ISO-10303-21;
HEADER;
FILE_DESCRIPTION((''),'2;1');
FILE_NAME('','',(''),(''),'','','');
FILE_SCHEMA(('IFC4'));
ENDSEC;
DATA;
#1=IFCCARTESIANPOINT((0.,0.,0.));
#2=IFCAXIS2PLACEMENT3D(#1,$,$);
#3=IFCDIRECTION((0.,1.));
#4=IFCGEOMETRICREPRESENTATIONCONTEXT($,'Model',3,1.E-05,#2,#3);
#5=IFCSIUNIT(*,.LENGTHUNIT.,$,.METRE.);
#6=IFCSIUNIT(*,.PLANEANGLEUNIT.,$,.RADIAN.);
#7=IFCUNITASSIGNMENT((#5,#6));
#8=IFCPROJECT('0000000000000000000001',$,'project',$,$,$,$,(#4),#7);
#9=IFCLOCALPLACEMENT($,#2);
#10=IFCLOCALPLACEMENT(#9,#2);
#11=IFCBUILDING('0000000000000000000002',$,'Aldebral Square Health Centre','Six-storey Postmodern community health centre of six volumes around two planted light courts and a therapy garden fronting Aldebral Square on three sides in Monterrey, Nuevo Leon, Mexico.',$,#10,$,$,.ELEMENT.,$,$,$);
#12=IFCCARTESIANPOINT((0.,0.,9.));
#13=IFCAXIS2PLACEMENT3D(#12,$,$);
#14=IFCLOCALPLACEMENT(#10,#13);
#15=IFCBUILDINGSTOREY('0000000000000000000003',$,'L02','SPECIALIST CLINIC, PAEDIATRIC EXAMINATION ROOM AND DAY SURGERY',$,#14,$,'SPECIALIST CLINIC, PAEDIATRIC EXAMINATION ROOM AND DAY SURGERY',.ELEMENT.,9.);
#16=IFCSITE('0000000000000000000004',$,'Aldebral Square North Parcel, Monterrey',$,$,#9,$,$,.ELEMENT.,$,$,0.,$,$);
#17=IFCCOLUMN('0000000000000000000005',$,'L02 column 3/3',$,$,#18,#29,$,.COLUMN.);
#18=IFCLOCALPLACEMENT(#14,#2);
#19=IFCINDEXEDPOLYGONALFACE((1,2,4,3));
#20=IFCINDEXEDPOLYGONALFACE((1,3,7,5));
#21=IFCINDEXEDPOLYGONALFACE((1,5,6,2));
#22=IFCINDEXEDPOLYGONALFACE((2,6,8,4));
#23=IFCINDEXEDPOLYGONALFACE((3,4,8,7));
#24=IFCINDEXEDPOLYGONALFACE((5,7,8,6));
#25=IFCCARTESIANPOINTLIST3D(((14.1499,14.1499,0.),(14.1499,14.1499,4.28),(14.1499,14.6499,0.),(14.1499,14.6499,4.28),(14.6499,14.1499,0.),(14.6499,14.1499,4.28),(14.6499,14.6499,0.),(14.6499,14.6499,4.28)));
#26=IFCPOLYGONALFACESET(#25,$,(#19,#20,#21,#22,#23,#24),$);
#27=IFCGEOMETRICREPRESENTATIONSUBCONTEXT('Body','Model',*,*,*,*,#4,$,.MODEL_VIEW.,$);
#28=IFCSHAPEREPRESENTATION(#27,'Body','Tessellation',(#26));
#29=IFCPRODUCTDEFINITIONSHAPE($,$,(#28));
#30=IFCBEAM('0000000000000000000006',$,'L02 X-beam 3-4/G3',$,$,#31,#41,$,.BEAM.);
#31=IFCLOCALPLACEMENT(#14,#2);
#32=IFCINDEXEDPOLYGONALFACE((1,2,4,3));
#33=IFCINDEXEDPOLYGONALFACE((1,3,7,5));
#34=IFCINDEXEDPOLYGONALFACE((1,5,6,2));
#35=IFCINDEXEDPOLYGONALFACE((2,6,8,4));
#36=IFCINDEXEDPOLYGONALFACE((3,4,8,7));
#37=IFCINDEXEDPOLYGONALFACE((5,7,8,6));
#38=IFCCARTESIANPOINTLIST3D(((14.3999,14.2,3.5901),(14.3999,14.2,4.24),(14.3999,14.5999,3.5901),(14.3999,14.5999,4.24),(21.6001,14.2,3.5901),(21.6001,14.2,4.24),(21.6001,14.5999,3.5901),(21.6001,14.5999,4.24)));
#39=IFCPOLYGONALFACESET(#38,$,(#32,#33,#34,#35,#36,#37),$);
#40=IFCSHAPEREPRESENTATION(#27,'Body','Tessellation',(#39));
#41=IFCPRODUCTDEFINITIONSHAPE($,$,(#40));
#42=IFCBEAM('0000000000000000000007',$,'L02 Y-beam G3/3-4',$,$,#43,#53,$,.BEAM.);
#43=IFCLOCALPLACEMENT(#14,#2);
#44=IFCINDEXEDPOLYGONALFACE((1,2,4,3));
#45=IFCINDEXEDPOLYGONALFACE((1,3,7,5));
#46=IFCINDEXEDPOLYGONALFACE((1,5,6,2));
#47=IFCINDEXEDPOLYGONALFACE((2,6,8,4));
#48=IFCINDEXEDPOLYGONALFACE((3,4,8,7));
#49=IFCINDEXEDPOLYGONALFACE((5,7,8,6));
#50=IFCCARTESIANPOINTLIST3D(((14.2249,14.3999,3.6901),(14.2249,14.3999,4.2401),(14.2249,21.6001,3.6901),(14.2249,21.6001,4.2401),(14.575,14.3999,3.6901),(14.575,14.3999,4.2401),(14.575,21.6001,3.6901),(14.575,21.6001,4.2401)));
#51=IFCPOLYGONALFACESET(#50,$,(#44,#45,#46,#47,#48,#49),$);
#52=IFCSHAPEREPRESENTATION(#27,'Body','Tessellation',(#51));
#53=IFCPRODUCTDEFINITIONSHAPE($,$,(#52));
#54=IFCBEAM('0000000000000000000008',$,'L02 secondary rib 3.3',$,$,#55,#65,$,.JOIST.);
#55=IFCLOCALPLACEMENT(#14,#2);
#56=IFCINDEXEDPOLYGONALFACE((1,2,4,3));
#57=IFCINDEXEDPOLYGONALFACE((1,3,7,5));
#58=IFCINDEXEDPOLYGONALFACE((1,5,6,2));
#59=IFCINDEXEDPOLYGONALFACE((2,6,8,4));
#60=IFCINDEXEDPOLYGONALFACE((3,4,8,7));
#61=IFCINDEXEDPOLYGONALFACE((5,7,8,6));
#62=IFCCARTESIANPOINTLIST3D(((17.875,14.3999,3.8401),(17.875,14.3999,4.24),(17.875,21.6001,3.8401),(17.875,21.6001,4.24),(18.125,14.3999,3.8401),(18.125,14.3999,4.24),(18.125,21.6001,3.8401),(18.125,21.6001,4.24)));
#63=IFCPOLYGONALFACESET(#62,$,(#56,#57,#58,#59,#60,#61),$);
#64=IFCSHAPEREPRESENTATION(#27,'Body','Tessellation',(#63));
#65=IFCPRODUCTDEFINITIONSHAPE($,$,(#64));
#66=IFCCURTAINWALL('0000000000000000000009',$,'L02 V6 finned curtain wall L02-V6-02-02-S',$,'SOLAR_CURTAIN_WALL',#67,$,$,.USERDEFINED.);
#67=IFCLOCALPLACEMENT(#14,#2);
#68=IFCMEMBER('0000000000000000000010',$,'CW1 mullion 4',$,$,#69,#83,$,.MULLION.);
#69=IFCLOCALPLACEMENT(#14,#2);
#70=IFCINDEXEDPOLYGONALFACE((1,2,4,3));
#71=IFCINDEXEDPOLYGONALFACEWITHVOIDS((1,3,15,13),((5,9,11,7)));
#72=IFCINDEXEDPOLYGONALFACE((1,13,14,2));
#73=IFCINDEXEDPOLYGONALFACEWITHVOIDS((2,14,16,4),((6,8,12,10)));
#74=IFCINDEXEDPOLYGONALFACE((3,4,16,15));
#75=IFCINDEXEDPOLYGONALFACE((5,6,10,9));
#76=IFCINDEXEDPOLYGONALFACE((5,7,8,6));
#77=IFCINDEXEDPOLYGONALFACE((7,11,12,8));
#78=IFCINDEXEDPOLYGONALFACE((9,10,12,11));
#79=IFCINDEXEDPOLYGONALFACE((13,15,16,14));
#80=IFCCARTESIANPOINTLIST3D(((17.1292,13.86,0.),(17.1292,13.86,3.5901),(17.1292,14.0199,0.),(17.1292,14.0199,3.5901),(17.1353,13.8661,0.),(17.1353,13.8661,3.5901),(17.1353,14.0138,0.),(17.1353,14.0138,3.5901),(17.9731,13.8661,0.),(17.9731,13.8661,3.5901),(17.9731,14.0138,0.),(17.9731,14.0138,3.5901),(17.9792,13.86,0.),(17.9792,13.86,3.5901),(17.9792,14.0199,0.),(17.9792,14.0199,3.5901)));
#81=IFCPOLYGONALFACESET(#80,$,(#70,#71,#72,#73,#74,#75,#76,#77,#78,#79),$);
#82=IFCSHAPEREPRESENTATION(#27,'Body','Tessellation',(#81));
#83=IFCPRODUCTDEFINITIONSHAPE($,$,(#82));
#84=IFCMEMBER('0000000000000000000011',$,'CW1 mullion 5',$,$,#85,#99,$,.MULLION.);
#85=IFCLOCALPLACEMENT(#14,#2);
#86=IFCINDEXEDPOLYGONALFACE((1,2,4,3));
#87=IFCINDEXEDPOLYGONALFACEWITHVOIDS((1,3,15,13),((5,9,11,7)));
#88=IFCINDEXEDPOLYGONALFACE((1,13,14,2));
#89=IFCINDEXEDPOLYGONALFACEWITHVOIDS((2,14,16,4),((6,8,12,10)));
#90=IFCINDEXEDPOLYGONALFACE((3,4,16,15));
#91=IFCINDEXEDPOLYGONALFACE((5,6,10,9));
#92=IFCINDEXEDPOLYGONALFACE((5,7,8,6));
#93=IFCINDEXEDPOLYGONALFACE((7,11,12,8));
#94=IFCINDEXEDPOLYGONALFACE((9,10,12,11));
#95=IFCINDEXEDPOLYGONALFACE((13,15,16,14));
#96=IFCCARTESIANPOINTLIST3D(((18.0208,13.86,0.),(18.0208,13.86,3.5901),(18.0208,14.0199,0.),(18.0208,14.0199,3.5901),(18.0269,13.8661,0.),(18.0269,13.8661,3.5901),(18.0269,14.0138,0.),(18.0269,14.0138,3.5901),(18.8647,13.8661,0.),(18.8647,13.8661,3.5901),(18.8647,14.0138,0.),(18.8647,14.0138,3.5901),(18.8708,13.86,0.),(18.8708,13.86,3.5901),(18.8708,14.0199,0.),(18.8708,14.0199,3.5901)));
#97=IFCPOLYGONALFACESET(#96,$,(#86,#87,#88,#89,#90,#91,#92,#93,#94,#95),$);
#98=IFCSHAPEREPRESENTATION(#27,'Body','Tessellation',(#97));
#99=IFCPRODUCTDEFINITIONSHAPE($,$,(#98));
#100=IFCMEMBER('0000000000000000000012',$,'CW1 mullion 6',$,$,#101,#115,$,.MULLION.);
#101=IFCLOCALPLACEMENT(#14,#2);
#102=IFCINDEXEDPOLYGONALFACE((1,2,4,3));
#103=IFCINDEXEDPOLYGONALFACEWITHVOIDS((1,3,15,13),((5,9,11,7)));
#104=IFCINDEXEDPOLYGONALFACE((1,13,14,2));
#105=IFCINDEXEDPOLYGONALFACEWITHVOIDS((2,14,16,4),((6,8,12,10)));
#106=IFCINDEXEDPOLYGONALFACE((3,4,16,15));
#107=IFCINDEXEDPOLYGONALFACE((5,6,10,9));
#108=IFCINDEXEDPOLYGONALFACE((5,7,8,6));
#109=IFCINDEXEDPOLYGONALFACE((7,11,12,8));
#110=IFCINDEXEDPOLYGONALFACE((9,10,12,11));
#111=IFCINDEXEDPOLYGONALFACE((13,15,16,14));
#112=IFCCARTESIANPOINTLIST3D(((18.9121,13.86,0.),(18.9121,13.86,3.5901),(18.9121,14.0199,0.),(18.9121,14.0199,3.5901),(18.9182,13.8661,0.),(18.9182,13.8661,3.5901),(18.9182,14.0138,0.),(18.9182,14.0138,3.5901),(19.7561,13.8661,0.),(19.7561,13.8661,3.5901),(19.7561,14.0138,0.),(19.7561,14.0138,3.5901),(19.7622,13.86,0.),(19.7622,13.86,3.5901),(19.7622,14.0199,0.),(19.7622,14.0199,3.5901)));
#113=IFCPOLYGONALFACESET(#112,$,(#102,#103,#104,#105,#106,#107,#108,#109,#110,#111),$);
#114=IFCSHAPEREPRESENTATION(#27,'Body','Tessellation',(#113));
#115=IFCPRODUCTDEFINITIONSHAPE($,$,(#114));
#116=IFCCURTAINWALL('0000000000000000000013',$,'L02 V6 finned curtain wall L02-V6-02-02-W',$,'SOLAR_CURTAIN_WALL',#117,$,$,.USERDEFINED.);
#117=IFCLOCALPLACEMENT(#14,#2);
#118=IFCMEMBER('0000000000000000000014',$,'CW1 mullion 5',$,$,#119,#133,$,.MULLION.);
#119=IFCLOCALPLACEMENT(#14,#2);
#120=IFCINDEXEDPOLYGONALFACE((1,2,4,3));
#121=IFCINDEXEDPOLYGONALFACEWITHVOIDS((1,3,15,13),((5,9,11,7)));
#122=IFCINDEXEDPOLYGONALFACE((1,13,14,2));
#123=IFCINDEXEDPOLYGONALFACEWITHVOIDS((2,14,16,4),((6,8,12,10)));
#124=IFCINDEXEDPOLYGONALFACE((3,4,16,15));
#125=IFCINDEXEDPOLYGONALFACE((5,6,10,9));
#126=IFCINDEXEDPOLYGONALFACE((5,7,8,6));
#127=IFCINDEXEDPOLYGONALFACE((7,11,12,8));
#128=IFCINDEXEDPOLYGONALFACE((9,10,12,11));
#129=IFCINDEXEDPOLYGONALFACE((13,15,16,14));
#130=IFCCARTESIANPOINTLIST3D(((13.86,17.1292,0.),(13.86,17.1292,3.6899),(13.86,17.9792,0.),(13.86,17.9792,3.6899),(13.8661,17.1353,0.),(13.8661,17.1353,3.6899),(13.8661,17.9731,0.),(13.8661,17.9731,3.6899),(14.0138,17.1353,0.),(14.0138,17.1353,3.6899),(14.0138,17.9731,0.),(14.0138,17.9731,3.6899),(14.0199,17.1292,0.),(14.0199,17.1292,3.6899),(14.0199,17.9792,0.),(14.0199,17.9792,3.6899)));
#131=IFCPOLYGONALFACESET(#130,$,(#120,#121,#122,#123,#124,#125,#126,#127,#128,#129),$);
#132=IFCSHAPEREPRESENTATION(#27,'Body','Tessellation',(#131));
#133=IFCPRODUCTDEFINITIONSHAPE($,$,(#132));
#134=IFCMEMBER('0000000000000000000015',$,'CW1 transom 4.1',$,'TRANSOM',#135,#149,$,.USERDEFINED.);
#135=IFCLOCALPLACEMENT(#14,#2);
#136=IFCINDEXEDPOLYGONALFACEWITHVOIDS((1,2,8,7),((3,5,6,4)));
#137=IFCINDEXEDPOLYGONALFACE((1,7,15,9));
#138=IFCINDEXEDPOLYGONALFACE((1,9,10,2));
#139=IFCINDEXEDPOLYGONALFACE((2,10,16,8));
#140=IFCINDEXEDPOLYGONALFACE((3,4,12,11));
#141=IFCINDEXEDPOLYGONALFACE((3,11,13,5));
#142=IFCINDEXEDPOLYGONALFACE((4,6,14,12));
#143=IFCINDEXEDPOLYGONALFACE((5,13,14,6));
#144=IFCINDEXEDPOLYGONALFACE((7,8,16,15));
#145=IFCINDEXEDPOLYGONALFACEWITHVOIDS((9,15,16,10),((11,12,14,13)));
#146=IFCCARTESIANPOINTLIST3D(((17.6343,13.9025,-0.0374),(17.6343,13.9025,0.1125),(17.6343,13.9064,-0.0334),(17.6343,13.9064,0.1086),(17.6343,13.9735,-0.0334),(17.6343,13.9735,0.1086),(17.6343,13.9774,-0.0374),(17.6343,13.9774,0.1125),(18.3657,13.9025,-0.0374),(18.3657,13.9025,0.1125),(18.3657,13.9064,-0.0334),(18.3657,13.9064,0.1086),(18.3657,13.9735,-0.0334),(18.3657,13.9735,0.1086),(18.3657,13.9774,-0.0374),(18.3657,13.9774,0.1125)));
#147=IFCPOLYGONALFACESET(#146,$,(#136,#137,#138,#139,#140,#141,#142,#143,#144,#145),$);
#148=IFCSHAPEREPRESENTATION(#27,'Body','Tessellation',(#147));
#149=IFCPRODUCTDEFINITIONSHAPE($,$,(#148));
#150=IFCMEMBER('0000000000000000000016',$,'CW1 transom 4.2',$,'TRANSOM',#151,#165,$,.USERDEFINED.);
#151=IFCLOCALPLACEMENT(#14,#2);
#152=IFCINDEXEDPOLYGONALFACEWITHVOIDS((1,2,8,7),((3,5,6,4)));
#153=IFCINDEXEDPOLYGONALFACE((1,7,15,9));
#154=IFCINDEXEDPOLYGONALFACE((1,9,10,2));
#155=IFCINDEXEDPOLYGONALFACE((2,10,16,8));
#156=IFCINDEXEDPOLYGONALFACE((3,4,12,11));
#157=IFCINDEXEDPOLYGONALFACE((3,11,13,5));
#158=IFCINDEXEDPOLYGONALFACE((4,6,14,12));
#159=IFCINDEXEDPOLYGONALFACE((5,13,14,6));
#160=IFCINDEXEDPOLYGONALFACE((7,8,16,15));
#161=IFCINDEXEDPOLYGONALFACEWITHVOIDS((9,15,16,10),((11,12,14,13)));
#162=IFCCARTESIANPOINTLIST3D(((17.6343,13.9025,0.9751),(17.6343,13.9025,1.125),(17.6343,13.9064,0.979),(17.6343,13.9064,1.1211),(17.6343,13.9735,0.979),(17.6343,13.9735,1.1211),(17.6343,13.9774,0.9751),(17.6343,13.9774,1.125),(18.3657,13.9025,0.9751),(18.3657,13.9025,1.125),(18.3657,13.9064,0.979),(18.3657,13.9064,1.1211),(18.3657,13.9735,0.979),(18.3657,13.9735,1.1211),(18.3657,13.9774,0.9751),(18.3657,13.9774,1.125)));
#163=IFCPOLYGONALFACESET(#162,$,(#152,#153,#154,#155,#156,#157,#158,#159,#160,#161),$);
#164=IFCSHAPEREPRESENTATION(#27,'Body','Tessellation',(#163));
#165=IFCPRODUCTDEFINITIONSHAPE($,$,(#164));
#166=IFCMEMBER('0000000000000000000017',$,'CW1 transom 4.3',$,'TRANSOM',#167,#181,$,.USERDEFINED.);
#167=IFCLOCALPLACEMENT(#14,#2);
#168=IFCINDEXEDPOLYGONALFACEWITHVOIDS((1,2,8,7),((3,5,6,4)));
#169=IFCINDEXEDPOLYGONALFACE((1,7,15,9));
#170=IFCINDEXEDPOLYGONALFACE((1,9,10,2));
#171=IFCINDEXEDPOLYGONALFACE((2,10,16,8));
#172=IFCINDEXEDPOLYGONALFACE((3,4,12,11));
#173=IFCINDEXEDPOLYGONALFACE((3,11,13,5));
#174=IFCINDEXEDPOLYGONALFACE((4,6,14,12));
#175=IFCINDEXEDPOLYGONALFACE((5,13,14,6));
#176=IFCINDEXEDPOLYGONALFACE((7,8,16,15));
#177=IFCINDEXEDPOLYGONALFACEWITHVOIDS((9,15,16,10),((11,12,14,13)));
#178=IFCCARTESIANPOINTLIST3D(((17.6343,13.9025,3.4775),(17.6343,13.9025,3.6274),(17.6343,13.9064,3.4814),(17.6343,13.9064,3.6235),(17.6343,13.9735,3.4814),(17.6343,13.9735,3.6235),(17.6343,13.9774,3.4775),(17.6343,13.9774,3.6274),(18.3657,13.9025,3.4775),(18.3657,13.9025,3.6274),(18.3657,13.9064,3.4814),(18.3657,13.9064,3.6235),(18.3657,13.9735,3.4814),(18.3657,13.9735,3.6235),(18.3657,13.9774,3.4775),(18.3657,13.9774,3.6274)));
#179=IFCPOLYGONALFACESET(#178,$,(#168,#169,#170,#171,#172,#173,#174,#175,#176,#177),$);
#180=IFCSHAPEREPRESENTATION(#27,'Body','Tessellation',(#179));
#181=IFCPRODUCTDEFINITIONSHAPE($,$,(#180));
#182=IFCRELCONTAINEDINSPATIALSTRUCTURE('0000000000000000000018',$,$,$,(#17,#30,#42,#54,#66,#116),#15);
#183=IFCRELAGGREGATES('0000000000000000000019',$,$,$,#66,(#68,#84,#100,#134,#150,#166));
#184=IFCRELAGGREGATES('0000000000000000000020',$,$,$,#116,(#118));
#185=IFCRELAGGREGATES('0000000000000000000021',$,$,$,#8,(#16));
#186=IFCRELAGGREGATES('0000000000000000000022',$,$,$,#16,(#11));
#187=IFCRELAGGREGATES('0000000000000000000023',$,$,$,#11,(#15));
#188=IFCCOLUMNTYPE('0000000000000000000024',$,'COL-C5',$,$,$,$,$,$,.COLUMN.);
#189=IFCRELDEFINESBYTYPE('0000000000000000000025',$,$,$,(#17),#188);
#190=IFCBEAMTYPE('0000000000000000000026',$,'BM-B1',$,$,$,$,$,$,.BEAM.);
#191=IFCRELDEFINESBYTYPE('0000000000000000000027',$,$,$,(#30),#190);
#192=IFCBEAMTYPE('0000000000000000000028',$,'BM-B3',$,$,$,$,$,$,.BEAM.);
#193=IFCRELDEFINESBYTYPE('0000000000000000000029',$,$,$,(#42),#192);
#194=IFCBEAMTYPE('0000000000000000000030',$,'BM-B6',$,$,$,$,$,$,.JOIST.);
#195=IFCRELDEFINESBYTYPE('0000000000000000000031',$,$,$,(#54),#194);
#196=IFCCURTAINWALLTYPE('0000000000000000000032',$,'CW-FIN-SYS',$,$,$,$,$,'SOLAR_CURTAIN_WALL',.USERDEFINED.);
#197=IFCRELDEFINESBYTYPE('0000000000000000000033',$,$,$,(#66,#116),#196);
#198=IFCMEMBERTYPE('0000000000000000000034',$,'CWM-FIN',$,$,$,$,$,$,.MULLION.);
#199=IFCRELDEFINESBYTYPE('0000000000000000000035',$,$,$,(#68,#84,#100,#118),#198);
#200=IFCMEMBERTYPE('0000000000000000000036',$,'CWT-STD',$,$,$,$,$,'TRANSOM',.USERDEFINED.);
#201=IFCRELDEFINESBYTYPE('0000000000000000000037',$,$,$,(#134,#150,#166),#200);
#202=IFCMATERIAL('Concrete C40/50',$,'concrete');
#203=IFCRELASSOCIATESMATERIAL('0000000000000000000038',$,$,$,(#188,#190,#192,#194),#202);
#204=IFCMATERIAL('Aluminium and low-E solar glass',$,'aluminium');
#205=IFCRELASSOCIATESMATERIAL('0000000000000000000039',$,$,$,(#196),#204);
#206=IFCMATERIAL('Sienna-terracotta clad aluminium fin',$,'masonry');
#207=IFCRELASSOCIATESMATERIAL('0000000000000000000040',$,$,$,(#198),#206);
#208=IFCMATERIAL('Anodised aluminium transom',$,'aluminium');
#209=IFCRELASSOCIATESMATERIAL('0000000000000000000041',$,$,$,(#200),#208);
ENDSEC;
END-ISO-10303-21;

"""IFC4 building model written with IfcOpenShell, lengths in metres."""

from ifc_helpers import new_model, si_unit, direction, frame, origin, origin_2d, place, context, subcontext, project, spatial, rectangle, hollow_rectangle, extrude, material, material_profile, profile_set, type_object, element, aggregate, save


model = new_model("IFC4")

# Units and contexts
model_context = context("Model", 3, precision=1e-05, world=origin(), true_north=direction((0.0, 1.0)))
body_context = subcontext(model_context, "Body", "Model", "MODEL_VIEW")
ifc_project = project(units=[si_unit("LENGTHUNIT", "METRE"), si_unit("PLANEANGLEUNIT", "RADIAN")], contexts=[model_context])

# Site, building, storey
site_placement = place(None, origin())
site = spatial("IfcSite", under=ifc_project, at=site_placement, Name="Aldebral Square North Parcel, Monterrey", CompositionType="ELEMENT", RefElevation=0.0)
building_placement = place(site_placement, origin())
building = spatial("IfcBuilding", under=site, at=building_placement, Name="Aldebral Square Health Centre", Description="Six-storey Postmodern community health centre of six volumes around two planted light courts and a therapy garden fronting Aldebral Square on three sides in Monterrey, Nuevo Leon, Mexico.", CompositionType="ELEMENT")
storey_placement = place(building_placement, frame((0.0, 0.0, 9.0)))
storey = spatial("IfcBuildingStorey", under=building, at=storey_placement, Name="L02", Description="SPECIALIST CLINIC, PAEDIATRIC EXAMINATION ROOM AND DAY SURGERY", LongName="SPECIALIST CLINIC, PAEDIATRIC EXAMINATION ROOM AND DAY SURGERY", CompositionType="ELEMENT", Elevation=9.0)

# Column
ifc_material_1 = material(Name="Concrete C40/50", Category="concrete")
ifc_material_profile_1 = material_profile(ifc_material_1, rectangle(XDim=0.5, YDim=0.5, at=origin_2d()), Name="RC 500x500")
ifc_profile_set_1 = profile_set([ifc_material_profile_1], Name="Concrete C40/50")
column_type = type_object("IfcColumnType", Name="COL-C5", PredefinedType="COLUMN", material=ifc_profile_set_1)
column_placement = place(storey_placement, frame((14.3999, 14.3999, 0.0), z_axis=(0.0, 0.0, 1.0), x_axis=(1.0, 0.0, 0.0)))
element("IfcColumn", 1, at=column_placement, inside=storey, type_object=column_type, Name="L02 column 3/3", PredefinedType="COLUMN", context=body_context, shape_type="SweptSolid", body=[
    extrude(rectangle(XDim=0.5, YDim=0.5, at=origin_2d()), origin(), (0.0, 0.0, 1.0), 4.28),
])

# Beams
ifc_material_profile_2 = material_profile(ifc_material_1, rectangle(XDim=0.3999, YDim=0.6499, at=origin_2d()), Name="RC 400x650")
ifc_profile_set_2 = profile_set([ifc_material_profile_2], Name="Concrete C40/50")
beam_type_1 = type_object("IfcBeamType", Name="BM-B1", PredefinedType="BEAM", material=ifc_profile_set_2)
beam_1_placement = place(storey_placement, frame((14.3999, 14.3999, 3.915), z_axis=(1.0, 0.0, 0.0), x_axis=(0.0, 1.0, 0.0)))
element("IfcBeam", 2, at=beam_1_placement, inside=storey, type_object=beam_type_1, Name="L02 X-beam 3-4/G3", PredefinedType="BEAM", context=body_context, shape_type="SweptSolid", body=[
    extrude(rectangle(XDim=0.3999, YDim=0.6499, at=origin_2d()), origin(), (0.0, 0.0, 1.0), 7.2002),
])
ifc_material_profile_3 = material_profile(ifc_material_1, rectangle(XDim=0.3501, YDim=0.55, at=origin_2d()), Name="RC 350x550")
ifc_profile_set_3 = profile_set([ifc_material_profile_3], Name="Concrete C40/50")
beam_type_2 = type_object("IfcBeamType", Name="BM-B3", PredefinedType="BEAM", material=ifc_profile_set_3)
beam_2_placement = place(storey_placement, frame((14.3999, 14.3999, 3.9651), z_axis=(0.0, 1.0, 0.0), x_axis=(-1.0, 0.0, 0.0)))
element("IfcBeam", 3, at=beam_2_placement, inside=storey, type_object=beam_type_2, Name="L02 Y-beam G3/3-4", PredefinedType="BEAM", context=body_context, shape_type="SweptSolid", body=[
    extrude(rectangle(XDim=0.3501, YDim=0.55, at=origin_2d()), origin(), (0.0, 0.0, 1.0), 7.2002),
])
ifc_material_profile_4 = material_profile(ifc_material_1, rectangle(XDim=0.25, YDim=0.3999, at=origin_2d()), Name="RC 250x400")
ifc_profile_set_4 = profile_set([ifc_material_profile_4], Name="Concrete C40/50")
beam_type_3 = type_object("IfcBeamType", Name="BM-B6", PredefinedType="JOIST", material=ifc_profile_set_4)
beam_3_placement = place(storey_placement, frame((18.0, 14.3999, 4.04), z_axis=(0.0, 1.0, 0.0), x_axis=(-1.0, 0.0, 0.0)))
element("IfcBeam", 4, at=beam_3_placement, inside=storey, type_object=beam_type_3, Name="L02 secondary rib 3.3", PredefinedType="JOIST", context=body_context, shape_type="SweptSolid", body=[
    extrude(rectangle(XDim=0.25, YDim=0.3999, at=origin_2d()), origin(), (0.0, 0.0, 1.0), 7.2002),
])

# Curtain wall, members
ifc_material_2 = material(Name="Aluminium and low-E solar glass", Category="aluminium")
curtain_wall_type = type_object("IfcCurtainWallType", Name="CW-FIN-SYS", ElementType="SOLAR_CURTAIN_WALL", PredefinedType="USERDEFINED", material=ifc_material_2)
curtain_wall_1_placement = place(storey_placement, origin())
curtain_wall_1 = element("IfcCurtainWall", 5, at=curtain_wall_1_placement, inside=storey, type_object=curtain_wall_type, Name="L02 V6 finned curtain wall L02-V6-02-02-S", ObjectType="SOLAR_CURTAIN_WALL", PredefinedType="USERDEFINED")
ifc_material_3 = material(Name="Sienna-terracotta clad aluminium fin", Category="masonry")
ifc_material_profile_5 = material_profile(ifc_material_3, hollow_rectangle(XDim=0.1599, YDim=0.8501, WallThickness=0.0061, at=origin_2d()), Name="FIN 160x850x6")
ifc_profile_set_5 = profile_set([ifc_material_profile_5], Name="Sienna-terracotta clad aluminium fin")
member_type_1 = type_object("IfcMemberType", Name="CWM-FIN", PredefinedType="MULLION", material=ifc_profile_set_5)
member_1_placement = place(storey_placement, frame((17.5542, 13.9399, 0.0), z_axis=(0.0, 0.0, 1.0), x_axis=(0.0, 1.0, 0.0)))
member_1 = element("IfcMember", 6, at=member_1_placement, type_object=member_type_1, Name="CW1 mullion 4", PredefinedType="MULLION", context=body_context, shape_type="SweptSolid", body=[
    extrude(hollow_rectangle(XDim=0.1599, YDim=0.8501, WallThickness=0.0061, at=origin_2d()), origin(), (0.0, 0.0, 1.0), 3.5901),
])
member_2_placement = place(storey_placement, frame((18.4458, 13.9399, 0.0), z_axis=(0.0, 0.0, 1.0), x_axis=(0.0, 1.0, 0.0)))
member_2 = element("IfcMember", 7, at=member_2_placement, type_object=member_type_1, Name="CW1 mullion 5", PredefinedType="MULLION", context=body_context, shape_type="SweptSolid", body=[
    extrude(hollow_rectangle(XDim=0.1599, YDim=0.8501, WallThickness=0.0061, at=origin_2d()), origin(), (0.0, 0.0, 1.0), 3.5901),
])
member_3_placement = place(storey_placement, frame((19.3372, 13.9399, 0.0), z_axis=(0.0, 0.0, 1.0), x_axis=(0.0, 1.0, 0.0)))
member_3 = element("IfcMember", 8, at=member_3_placement, type_object=member_type_1, Name="CW1 mullion 6", PredefinedType="MULLION", context=body_context, shape_type="SweptSolid", body=[
    extrude(hollow_rectangle(XDim=0.1599, YDim=0.8501, WallThickness=0.0061, at=origin_2d()), origin(), (0.0, 0.0, 1.0), 3.5901),
])

# Curtain wall, member
curtain_wall_2_placement = place(storey_placement, origin())
curtain_wall_2 = element("IfcCurtainWall", 9, at=curtain_wall_2_placement, inside=storey, type_object=curtain_wall_type, Name="L02 V6 finned curtain wall L02-V6-02-02-W", ObjectType="SOLAR_CURTAIN_WALL", PredefinedType="USERDEFINED")
member_4_placement = place(storey_placement, frame((13.9399, 17.5542, 0.0), z_axis=(0.0, 0.0, 1.0), x_axis=(1.0, 0.0, 0.0)))
member_4 = element("IfcMember", 10, at=member_4_placement, type_object=member_type_1, Name="CW1 mullion 5", PredefinedType="MULLION", context=body_context, shape_type="SweptSolid", body=[
    extrude(hollow_rectangle(XDim=0.1599, YDim=0.8501, WallThickness=0.0061, at=origin_2d()), origin(), (0.0, 0.0, 1.0), 3.6899),
])

# Members
ifc_material_4 = material(Name="Anodised aluminium transom", Category="aluminium")
ifc_material_profile_6 = material_profile(ifc_material_4, hollow_rectangle(XDim=0.075, YDim=0.1499, WallThickness=0.0039, at=origin_2d()), Name="CWT 75x150x4")
ifc_profile_set_6 = profile_set([ifc_material_profile_6], Name="Anodised aluminium transom")
member_type_2 = type_object("IfcMemberType", Name="CWT-STD", ElementType="TRANSOM", PredefinedType="USERDEFINED", material=ifc_profile_set_6)
member_5_placement = place(storey_placement, frame((17.6343, 13.9399, 0.0376), z_axis=(1.0, 0.0, 0.0), x_axis=(0.0, 1.0, 0.0)))
member_5 = element("IfcMember", 11, at=member_5_placement, type_object=member_type_2, Name="CW1 transom 4.1", ObjectType="TRANSOM", PredefinedType="USERDEFINED", context=body_context, shape_type="SweptSolid", body=[
    extrude(hollow_rectangle(XDim=0.075, YDim=0.1499, WallThickness=0.0039, at=origin_2d()), origin(), (0.0, 0.0, 1.0), 0.7314),
])
member_6_placement = place(storey_placement, frame((17.6343, 13.9399, 1.05), z_axis=(1.0, 0.0, 0.0), x_axis=(0.0, 1.0, 0.0)))
member_6 = element("IfcMember", 12, at=member_6_placement, type_object=member_type_2, Name="CW1 transom 4.2", ObjectType="TRANSOM", PredefinedType="USERDEFINED", context=body_context, shape_type="SweptSolid", body=[
    extrude(hollow_rectangle(XDim=0.075, YDim=0.1499, WallThickness=0.0039, at=origin_2d()), origin(), (0.0, 0.0, 1.0), 0.7314),
])
member_7_placement = place(storey_placement, frame((17.6343, 13.9399, 3.5525), z_axis=(1.0, 0.0, 0.0), x_axis=(0.0, 1.0, 0.0)))
member_7 = element("IfcMember", 13, at=member_7_placement, type_object=member_type_2, Name="CW1 transom 4.3", ObjectType="TRANSOM", PredefinedType="USERDEFINED", context=body_context, shape_type="SweptSolid", body=[
    extrude(hollow_rectangle(XDim=0.075, YDim=0.1499, WallThickness=0.0039, at=origin_2d()), origin(), (0.0, 0.0, 1.0), 0.7314),
])

aggregate(curtain_wall_1, [member_1, member_2, member_3, member_5, member_6, member_7])
aggregate(curtain_wall_2, [member_4])

save(model, "model.ifc")
